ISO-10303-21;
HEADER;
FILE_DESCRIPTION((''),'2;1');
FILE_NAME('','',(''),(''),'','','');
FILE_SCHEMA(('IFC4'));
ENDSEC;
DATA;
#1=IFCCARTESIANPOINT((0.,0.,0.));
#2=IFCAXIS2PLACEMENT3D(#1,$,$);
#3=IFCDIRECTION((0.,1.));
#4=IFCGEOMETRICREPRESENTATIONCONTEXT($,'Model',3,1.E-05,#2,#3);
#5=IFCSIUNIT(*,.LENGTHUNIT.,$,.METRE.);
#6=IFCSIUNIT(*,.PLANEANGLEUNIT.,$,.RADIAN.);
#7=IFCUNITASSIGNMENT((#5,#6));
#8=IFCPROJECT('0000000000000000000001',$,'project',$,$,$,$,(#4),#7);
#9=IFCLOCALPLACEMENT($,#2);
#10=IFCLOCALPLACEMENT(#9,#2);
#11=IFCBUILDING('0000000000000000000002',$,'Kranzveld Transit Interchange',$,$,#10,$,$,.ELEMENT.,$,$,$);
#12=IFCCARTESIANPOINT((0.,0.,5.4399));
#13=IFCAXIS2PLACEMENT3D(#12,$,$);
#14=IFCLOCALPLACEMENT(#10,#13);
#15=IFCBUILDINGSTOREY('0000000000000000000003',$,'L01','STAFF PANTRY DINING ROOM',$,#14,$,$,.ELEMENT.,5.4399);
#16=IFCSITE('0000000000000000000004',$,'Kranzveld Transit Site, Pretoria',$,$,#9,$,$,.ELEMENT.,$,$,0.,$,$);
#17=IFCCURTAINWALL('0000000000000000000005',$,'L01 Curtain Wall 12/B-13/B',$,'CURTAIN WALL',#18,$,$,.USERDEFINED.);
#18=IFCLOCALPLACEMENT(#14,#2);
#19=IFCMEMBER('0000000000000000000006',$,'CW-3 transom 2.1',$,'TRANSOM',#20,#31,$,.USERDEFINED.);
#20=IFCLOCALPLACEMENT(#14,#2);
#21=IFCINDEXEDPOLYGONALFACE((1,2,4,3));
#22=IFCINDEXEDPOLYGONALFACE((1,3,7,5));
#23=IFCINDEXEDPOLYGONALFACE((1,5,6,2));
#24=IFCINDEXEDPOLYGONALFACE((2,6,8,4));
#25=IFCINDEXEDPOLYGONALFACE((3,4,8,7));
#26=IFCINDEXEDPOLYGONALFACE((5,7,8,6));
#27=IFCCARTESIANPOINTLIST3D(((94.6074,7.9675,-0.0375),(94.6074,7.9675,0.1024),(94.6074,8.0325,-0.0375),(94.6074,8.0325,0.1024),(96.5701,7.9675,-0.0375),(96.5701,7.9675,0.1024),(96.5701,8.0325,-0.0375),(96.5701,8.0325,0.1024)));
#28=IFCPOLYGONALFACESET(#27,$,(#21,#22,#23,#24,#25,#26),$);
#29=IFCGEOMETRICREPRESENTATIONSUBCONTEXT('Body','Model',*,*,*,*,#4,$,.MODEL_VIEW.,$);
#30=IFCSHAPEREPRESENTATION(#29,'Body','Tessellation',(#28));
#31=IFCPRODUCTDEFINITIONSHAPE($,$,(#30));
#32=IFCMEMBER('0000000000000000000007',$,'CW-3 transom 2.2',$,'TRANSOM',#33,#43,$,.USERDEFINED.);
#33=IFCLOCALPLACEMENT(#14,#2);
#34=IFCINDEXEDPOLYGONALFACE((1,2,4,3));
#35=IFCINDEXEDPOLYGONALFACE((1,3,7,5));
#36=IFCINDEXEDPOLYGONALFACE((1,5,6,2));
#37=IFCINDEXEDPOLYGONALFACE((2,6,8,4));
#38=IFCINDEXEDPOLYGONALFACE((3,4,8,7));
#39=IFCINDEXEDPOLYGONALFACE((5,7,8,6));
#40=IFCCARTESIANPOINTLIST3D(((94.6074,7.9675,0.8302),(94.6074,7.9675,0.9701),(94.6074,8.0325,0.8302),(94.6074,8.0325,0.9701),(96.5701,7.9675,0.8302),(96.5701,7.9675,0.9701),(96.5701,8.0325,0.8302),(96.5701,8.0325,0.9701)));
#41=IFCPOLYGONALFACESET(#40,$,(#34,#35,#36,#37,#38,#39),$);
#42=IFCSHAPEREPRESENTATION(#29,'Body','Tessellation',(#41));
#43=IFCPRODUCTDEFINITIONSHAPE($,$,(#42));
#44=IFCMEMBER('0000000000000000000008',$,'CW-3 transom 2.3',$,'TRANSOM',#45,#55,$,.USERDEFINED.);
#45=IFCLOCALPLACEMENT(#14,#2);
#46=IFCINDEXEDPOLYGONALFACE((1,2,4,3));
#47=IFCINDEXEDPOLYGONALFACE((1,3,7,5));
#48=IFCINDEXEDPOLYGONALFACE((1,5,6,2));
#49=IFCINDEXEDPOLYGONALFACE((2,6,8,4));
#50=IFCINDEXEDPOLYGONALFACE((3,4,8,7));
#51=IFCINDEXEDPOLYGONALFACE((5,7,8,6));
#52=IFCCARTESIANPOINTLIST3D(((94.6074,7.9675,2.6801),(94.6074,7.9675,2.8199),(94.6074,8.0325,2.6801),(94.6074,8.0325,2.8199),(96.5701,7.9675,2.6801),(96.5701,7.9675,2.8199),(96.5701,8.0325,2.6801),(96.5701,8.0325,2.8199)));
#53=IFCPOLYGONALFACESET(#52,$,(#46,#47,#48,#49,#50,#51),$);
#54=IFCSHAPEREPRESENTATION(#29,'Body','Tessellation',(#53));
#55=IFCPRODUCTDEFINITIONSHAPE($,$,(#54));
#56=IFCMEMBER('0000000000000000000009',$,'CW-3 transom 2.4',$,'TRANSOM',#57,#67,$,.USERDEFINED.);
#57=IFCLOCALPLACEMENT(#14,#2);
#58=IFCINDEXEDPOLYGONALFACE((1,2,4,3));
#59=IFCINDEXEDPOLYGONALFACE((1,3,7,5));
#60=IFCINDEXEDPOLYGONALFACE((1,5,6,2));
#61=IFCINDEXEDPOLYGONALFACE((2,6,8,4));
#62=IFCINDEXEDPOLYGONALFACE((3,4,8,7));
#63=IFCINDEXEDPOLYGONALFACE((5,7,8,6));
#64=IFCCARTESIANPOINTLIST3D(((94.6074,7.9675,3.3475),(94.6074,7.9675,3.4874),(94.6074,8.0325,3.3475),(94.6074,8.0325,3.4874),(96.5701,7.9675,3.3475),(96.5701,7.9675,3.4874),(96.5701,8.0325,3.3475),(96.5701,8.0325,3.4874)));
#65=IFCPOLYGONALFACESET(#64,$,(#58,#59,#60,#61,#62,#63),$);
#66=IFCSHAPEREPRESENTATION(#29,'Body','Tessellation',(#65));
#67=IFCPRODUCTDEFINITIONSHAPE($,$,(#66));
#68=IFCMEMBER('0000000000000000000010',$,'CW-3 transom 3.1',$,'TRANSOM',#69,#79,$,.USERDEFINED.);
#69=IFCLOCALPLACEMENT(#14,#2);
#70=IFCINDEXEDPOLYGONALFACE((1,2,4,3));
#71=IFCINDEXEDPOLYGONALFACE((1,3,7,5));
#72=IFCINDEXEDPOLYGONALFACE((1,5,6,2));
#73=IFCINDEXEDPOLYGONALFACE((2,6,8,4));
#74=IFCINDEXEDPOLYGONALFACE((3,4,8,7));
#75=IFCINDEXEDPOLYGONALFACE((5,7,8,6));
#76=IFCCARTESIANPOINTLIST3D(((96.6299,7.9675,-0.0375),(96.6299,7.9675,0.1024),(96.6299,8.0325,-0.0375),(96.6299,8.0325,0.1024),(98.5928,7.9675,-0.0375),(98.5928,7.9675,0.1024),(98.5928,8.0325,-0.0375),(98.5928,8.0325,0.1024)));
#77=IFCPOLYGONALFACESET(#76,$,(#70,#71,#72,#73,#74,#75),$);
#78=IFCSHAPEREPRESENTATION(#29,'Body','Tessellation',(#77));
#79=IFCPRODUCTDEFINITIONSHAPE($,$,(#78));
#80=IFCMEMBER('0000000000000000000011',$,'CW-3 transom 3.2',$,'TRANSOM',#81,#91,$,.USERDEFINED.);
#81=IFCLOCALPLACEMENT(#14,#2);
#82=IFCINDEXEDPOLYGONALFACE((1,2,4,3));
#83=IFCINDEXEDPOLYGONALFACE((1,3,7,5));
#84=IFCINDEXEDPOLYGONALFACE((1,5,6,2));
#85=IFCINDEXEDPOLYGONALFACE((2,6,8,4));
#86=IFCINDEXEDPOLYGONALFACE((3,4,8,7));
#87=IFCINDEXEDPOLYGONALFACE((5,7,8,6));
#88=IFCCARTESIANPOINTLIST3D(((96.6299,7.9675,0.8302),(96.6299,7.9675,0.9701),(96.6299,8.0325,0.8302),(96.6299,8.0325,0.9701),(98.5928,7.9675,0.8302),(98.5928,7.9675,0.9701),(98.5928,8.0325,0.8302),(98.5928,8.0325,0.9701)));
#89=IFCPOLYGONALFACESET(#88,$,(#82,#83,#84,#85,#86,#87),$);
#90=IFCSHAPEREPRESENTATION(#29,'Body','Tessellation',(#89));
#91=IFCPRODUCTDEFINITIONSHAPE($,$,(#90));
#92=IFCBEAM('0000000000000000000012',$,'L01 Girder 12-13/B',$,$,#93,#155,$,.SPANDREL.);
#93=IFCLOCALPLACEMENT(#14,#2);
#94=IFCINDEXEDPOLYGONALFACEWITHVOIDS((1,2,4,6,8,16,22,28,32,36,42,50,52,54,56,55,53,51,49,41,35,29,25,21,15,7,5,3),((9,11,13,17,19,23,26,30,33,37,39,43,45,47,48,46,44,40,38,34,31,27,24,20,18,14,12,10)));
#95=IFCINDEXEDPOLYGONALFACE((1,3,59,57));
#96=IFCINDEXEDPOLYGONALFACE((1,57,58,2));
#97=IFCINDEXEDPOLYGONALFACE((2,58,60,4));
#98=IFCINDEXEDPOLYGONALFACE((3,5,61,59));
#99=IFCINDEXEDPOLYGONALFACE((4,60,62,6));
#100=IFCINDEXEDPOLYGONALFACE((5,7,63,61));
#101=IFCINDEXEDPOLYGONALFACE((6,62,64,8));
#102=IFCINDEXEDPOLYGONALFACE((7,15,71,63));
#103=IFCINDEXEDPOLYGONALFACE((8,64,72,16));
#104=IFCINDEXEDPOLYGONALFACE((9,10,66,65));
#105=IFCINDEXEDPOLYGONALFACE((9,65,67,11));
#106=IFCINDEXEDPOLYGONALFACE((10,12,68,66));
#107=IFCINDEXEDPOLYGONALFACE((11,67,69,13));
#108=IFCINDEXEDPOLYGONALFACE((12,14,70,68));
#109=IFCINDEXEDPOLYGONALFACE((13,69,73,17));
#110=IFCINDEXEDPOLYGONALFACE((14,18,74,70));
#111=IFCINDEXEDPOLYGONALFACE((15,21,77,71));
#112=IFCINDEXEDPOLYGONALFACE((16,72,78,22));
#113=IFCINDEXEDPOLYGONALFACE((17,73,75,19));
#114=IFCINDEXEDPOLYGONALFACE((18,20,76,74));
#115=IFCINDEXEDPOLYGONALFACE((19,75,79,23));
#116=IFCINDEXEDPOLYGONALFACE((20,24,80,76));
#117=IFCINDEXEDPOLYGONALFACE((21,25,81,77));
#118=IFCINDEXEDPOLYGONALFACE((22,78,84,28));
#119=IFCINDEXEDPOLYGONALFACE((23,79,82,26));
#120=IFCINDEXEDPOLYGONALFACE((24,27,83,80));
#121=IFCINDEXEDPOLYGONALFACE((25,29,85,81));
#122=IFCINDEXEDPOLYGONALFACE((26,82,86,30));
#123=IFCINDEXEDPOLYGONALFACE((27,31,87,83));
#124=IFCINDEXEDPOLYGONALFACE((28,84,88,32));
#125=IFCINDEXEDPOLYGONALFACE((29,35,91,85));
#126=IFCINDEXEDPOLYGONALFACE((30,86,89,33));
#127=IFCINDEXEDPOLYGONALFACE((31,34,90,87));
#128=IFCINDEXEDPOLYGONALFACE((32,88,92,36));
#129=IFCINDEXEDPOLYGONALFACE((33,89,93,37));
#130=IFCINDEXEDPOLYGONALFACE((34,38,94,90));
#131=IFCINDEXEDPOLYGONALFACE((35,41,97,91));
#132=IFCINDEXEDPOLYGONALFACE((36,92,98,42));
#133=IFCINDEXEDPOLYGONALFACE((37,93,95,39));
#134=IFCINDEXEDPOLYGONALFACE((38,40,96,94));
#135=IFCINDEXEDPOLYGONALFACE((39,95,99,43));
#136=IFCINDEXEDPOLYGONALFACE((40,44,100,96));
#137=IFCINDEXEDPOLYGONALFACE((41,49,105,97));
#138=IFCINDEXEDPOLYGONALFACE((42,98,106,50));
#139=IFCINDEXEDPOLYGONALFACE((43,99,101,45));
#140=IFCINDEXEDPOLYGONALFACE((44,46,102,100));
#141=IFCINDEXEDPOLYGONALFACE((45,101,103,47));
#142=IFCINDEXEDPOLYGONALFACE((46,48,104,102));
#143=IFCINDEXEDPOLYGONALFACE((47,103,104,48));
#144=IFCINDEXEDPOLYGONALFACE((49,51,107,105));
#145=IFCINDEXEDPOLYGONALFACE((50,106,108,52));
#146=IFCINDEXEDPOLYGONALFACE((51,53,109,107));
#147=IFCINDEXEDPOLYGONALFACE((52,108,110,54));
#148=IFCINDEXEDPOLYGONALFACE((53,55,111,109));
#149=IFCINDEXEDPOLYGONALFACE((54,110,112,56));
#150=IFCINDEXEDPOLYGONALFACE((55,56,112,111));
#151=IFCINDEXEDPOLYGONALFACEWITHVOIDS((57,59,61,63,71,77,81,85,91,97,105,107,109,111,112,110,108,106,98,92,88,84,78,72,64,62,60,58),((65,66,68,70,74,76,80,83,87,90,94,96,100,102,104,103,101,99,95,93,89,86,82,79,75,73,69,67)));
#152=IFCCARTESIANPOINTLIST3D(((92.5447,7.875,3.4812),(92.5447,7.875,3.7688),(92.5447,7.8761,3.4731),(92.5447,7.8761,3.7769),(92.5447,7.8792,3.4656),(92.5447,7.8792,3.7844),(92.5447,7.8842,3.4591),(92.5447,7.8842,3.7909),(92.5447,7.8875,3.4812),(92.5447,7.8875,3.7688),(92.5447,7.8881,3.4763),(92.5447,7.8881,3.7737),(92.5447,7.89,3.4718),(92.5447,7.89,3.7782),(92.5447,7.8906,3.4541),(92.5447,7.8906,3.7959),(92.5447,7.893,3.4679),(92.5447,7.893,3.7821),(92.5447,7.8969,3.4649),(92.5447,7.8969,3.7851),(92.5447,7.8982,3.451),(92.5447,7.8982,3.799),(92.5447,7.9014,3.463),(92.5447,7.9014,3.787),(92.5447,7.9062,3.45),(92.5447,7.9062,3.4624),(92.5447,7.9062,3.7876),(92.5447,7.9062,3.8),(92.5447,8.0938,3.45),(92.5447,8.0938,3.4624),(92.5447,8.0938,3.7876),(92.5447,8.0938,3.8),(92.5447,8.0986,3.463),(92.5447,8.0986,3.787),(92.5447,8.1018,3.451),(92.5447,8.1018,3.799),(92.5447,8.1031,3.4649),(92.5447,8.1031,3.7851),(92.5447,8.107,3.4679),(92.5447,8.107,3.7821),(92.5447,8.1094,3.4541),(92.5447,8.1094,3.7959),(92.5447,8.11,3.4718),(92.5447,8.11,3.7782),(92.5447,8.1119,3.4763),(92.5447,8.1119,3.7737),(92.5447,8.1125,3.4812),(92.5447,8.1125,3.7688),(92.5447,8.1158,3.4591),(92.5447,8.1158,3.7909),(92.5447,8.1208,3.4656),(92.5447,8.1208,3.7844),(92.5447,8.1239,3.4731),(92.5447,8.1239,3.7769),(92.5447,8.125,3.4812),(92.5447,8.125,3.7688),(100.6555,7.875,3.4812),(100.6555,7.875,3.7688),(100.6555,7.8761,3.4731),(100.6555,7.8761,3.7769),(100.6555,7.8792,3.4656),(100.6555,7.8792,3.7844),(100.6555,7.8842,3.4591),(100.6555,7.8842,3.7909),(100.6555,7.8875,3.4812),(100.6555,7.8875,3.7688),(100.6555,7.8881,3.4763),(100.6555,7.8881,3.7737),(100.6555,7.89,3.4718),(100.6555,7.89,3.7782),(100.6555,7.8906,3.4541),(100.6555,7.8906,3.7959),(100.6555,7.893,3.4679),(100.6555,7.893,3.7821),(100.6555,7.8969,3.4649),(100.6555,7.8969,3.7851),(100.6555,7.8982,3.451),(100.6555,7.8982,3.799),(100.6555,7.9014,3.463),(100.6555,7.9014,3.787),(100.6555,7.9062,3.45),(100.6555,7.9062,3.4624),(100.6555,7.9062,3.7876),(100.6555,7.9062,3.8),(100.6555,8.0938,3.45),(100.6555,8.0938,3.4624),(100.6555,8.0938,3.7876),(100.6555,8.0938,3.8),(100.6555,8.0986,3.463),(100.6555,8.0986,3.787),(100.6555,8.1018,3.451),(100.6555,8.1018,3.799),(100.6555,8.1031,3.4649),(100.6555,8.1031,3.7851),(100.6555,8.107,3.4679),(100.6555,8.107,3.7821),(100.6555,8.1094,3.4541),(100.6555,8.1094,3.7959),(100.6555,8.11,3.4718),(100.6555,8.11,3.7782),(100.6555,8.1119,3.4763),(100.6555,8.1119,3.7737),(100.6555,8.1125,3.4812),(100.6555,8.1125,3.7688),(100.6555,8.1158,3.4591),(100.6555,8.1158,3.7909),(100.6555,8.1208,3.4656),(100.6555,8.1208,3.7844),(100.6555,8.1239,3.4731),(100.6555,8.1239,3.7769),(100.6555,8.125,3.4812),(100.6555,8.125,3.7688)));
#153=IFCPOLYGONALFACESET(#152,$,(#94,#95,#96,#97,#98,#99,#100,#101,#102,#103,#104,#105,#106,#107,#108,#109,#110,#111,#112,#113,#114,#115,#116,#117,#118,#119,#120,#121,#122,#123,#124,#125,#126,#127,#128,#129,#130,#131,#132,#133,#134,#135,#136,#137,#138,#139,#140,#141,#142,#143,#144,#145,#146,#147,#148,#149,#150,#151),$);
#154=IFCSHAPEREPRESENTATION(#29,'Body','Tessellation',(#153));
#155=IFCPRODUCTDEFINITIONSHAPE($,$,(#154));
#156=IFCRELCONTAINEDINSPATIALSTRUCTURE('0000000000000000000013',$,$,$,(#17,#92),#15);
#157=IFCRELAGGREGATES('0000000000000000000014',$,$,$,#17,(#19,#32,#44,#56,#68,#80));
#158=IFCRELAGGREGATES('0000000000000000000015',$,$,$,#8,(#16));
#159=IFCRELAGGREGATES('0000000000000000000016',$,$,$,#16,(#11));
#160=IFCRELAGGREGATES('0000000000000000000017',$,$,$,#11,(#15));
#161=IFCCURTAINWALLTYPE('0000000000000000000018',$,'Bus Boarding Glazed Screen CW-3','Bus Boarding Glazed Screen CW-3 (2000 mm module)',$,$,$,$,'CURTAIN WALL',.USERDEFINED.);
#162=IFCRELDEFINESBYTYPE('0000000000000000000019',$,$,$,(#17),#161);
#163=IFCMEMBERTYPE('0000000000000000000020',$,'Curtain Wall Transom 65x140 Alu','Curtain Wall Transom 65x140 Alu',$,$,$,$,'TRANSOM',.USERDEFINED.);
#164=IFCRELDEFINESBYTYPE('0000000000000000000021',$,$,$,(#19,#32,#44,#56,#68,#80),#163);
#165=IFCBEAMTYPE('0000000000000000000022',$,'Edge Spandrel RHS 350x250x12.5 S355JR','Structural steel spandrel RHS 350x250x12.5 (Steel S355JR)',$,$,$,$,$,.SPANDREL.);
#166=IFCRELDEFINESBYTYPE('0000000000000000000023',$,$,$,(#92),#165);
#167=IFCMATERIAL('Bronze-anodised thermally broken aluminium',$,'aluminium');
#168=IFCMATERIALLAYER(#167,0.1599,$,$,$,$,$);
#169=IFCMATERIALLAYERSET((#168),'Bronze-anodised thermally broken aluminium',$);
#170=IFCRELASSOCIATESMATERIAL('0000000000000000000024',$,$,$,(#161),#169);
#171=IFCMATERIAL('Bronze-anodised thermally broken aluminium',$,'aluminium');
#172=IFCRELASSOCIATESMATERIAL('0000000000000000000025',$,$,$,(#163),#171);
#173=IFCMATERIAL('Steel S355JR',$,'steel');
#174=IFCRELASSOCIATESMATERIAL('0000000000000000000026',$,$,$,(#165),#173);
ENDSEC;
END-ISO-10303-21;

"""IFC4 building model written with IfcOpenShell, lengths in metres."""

from ifc_helpers import new_model, si_unit, direction, frame, origin, origin_2d, place, context, subcontext, project, spatial, rectangle, hollow_rectangle, extrude, material, layer, layer_set, material_profile, profile_set, type_object, element, aggregate, save


model = new_model("IFC4")

# Units and contexts
model_context = context("Model", 3, precision=1e-05, world=origin(), true_north=direction((0.0, 1.0)))
body_context = subcontext(model_context, "Body", "Model", "MODEL_VIEW")
ifc_project = project(units=[si_unit("LENGTHUNIT", "METRE"), si_unit("PLANEANGLEUNIT", "RADIAN")], contexts=[model_context])

# Site, building, storey
site_placement = place(None, origin())
site = spatial("IfcSite", under=ifc_project, at=site_placement, Name="Kranzveld Transit Site, Pretoria", CompositionType="ELEMENT", RefElevation=0.0)
building_placement = place(site_placement, origin())
building = spatial("IfcBuilding", under=site, at=building_placement, Name="Kranzveld Transit Interchange", CompositionType="ELEMENT")
storey_placement = place(building_placement, frame((0.0, 0.0, 5.4399)))
storey = spatial("IfcBuildingStorey", under=building, at=storey_placement, Name="L01", Description="STAFF PANTRY DINING ROOM", CompositionType="ELEMENT", Elevation=5.4399)

# Curtain wall, members
ifc_material_1 = material(Name="Bronze-anodised thermally broken aluminium", Category="aluminium")
ifc_layer_1 = layer(ifc_material_1, 0.1599)
ifc_layer_set_1 = layer_set([ifc_layer_1], Name="Bronze-anodised thermally broken aluminium")
curtain_wall_type = type_object("IfcCurtainWallType", Name="Bus Boarding Glazed Screen CW-3", Description="Bus Boarding Glazed Screen CW-3 (2000 mm module)", ElementType="CURTAIN WALL", PredefinedType="USERDEFINED", material=ifc_layer_set_1)
curtain_wall_placement = place(storey_placement, origin())
curtain_wall = element("IfcCurtainWall", 1, at=curtain_wall_placement, inside=storey, type_object=curtain_wall_type, Name="L01 Curtain Wall 12/B-13/B", ObjectType="CURTAIN WALL", PredefinedType="USERDEFINED")
ifc_material_2 = material(Name="Bronze-anodised thermally broken aluminium", Category="aluminium")
ifc_material_profile_1 = material_profile(ifc_material_2, rectangle(XDim=0.0649, YDim=0.1399, at=origin_2d()), Name="ALU TRANSOM 65x140")
ifc_profile_set_1 = profile_set([ifc_material_profile_1], Name="Bronze-anodised thermally broken aluminium")
member_type_1 = type_object("IfcMemberType", Name="Curtain Wall Transom 65x140 Alu", Description="Curtain Wall Transom 65x140 Alu", ElementType="TRANSOM", PredefinedType="USERDEFINED", material=ifc_profile_set_1)
member_1_placement = place(storey_placement, frame((94.6074, 8.0, 0.0325), z_axis=(1.0, 0.0, 0.0), x_axis=(0.0, 1.0, 0.0)))
member_1 = element("IfcMember", 2, at=member_1_placement, type_object=member_type_1, Name="CW-3 transom 2.1", ObjectType="TRANSOM", PredefinedType="USERDEFINED", context=body_context, shape_type="SweptSolid", body=[
    extrude(rectangle(XDim=0.0649, YDim=0.1399, at=origin_2d()), origin(), (0.0, 0.0, 1.0), 1.9626),
])
member_2_placement = place(storey_placement, frame((94.6074, 8.0, 0.9001), z_axis=(1.0, 0.0, 0.0), x_axis=(0.0, 1.0, 0.0)))
member_2 = element("IfcMember", 3, at=member_2_placement, type_object=member_type_1, Name="CW-3 transom 2.2", ObjectType="TRANSOM", PredefinedType="USERDEFINED", context=body_context, shape_type="SweptSolid", body=[
    extrude(rectangle(XDim=0.0649, YDim=0.1399, at=origin_2d()), origin(), (0.0, 0.0, 1.0), 1.9626),
])
member_3_placement = place(storey_placement, frame((94.6074, 8.0, 2.75), z_axis=(1.0, 0.0, 0.0), x_axis=(0.0, 1.0, 0.0)))
member_3 = element("IfcMember", 4, at=member_3_placement, type_object=member_type_1, Name="CW-3 transom 2.3", ObjectType="TRANSOM", PredefinedType="USERDEFINED", context=body_context, shape_type="SweptSolid", body=[
    extrude(rectangle(XDim=0.0649, YDim=0.1399, at=origin_2d()), origin(), (0.0, 0.0, 1.0), 1.9626),
])
member_4_placement = place(storey_placement, frame((94.6074, 8.0, 3.4175), z_axis=(1.0, 0.0, 0.0), x_axis=(0.0, 1.0, 0.0)))
member_4 = element("IfcMember", 5, at=member_4_placement, type_object=member_type_1, Name="CW-3 transom 2.4", ObjectType="TRANSOM", PredefinedType="USERDEFINED", context=body_context, shape_type="SweptSolid", body=[
    extrude(rectangle(XDim=0.0649, YDim=0.1399, at=origin_2d()), origin(), (0.0, 0.0, 1.0), 1.9626),
])
member_5_placement = place(storey_placement, frame((96.6299, 8.0, 0.0325), z_axis=(1.0, 0.0, 0.0), x_axis=(0.0, 1.0, 0.0)))
member_5 = element("IfcMember", 6, at=member_5_placement, type_object=member_type_1, Name="CW-3 transom 3.1", ObjectType="TRANSOM", PredefinedType="USERDEFINED", context=body_context, shape_type="SweptSolid", body=[
    extrude(rectangle(XDim=0.0649, YDim=0.1399, at=origin_2d()), origin(), (0.0, 0.0, 1.0), 1.9629),
])
member_6_placement = place(storey_placement, frame((96.6299, 8.0, 0.9001), z_axis=(1.0, 0.0, 0.0), x_axis=(0.0, 1.0, 0.0)))
member_6 = element("IfcMember", 7, at=member_6_placement, type_object=member_type_1, Name="CW-3 transom 3.2", ObjectType="TRANSOM", PredefinedType="USERDEFINED", context=body_context, shape_type="SweptSolid", body=[
    extrude(rectangle(XDim=0.0649, YDim=0.1399, at=origin_2d()), origin(), (0.0, 0.0, 1.0), 1.9629),
])

# Beam
ifc_material_3 = material(Name="Steel S355JR", Category="steel")
ifc_material_profile_2 = material_profile(ifc_material_3, hollow_rectangle(XDim=0.25, YDim=0.3501, WallThickness=0.0125, InnerFilletRadius=0.0188, OuterFilletRadius=0.0312, at=origin_2d()), Name="RHS 350x250x12.5")
ifc_profile_set_2 = profile_set([ifc_material_profile_2], Name="Steel S355JR")
beam_type_1 = type_object("IfcBeamType", Name="Edge Spandrel RHS 350x250x12.5 S355JR", Description="Structural steel spandrel RHS 350x250x12.5 (Steel S355JR)", PredefinedType="SPANDREL", material=ifc_profile_set_2)
beam_1_placement = place(storey_placement, frame((92.5447, 8.0, 3.625), z_axis=(1.0, 0.0, 0.0), x_axis=(0.0, 1.0, 0.0)))
element("IfcBeam", 8, at=beam_1_placement, inside=storey, type_object=beam_type_1, Name="L01 Girder 12-13/B", PredefinedType="SPANDREL", context=body_context, shape_type="SweptSolid", body=[
    extrude(hollow_rectangle(XDim=0.25, YDim=0.3501, WallThickness=0.0125, InnerFilletRadius=0.0188, OuterFilletRadius=0.0312, at=origin_2d()), origin(), (0.0, 0.0, 1.0), 8.1108),
])

aggregate(curtain_wall, [member_1, member_2, member_3, member_4, member_5, member_6])

save(model, "model.ifc")
